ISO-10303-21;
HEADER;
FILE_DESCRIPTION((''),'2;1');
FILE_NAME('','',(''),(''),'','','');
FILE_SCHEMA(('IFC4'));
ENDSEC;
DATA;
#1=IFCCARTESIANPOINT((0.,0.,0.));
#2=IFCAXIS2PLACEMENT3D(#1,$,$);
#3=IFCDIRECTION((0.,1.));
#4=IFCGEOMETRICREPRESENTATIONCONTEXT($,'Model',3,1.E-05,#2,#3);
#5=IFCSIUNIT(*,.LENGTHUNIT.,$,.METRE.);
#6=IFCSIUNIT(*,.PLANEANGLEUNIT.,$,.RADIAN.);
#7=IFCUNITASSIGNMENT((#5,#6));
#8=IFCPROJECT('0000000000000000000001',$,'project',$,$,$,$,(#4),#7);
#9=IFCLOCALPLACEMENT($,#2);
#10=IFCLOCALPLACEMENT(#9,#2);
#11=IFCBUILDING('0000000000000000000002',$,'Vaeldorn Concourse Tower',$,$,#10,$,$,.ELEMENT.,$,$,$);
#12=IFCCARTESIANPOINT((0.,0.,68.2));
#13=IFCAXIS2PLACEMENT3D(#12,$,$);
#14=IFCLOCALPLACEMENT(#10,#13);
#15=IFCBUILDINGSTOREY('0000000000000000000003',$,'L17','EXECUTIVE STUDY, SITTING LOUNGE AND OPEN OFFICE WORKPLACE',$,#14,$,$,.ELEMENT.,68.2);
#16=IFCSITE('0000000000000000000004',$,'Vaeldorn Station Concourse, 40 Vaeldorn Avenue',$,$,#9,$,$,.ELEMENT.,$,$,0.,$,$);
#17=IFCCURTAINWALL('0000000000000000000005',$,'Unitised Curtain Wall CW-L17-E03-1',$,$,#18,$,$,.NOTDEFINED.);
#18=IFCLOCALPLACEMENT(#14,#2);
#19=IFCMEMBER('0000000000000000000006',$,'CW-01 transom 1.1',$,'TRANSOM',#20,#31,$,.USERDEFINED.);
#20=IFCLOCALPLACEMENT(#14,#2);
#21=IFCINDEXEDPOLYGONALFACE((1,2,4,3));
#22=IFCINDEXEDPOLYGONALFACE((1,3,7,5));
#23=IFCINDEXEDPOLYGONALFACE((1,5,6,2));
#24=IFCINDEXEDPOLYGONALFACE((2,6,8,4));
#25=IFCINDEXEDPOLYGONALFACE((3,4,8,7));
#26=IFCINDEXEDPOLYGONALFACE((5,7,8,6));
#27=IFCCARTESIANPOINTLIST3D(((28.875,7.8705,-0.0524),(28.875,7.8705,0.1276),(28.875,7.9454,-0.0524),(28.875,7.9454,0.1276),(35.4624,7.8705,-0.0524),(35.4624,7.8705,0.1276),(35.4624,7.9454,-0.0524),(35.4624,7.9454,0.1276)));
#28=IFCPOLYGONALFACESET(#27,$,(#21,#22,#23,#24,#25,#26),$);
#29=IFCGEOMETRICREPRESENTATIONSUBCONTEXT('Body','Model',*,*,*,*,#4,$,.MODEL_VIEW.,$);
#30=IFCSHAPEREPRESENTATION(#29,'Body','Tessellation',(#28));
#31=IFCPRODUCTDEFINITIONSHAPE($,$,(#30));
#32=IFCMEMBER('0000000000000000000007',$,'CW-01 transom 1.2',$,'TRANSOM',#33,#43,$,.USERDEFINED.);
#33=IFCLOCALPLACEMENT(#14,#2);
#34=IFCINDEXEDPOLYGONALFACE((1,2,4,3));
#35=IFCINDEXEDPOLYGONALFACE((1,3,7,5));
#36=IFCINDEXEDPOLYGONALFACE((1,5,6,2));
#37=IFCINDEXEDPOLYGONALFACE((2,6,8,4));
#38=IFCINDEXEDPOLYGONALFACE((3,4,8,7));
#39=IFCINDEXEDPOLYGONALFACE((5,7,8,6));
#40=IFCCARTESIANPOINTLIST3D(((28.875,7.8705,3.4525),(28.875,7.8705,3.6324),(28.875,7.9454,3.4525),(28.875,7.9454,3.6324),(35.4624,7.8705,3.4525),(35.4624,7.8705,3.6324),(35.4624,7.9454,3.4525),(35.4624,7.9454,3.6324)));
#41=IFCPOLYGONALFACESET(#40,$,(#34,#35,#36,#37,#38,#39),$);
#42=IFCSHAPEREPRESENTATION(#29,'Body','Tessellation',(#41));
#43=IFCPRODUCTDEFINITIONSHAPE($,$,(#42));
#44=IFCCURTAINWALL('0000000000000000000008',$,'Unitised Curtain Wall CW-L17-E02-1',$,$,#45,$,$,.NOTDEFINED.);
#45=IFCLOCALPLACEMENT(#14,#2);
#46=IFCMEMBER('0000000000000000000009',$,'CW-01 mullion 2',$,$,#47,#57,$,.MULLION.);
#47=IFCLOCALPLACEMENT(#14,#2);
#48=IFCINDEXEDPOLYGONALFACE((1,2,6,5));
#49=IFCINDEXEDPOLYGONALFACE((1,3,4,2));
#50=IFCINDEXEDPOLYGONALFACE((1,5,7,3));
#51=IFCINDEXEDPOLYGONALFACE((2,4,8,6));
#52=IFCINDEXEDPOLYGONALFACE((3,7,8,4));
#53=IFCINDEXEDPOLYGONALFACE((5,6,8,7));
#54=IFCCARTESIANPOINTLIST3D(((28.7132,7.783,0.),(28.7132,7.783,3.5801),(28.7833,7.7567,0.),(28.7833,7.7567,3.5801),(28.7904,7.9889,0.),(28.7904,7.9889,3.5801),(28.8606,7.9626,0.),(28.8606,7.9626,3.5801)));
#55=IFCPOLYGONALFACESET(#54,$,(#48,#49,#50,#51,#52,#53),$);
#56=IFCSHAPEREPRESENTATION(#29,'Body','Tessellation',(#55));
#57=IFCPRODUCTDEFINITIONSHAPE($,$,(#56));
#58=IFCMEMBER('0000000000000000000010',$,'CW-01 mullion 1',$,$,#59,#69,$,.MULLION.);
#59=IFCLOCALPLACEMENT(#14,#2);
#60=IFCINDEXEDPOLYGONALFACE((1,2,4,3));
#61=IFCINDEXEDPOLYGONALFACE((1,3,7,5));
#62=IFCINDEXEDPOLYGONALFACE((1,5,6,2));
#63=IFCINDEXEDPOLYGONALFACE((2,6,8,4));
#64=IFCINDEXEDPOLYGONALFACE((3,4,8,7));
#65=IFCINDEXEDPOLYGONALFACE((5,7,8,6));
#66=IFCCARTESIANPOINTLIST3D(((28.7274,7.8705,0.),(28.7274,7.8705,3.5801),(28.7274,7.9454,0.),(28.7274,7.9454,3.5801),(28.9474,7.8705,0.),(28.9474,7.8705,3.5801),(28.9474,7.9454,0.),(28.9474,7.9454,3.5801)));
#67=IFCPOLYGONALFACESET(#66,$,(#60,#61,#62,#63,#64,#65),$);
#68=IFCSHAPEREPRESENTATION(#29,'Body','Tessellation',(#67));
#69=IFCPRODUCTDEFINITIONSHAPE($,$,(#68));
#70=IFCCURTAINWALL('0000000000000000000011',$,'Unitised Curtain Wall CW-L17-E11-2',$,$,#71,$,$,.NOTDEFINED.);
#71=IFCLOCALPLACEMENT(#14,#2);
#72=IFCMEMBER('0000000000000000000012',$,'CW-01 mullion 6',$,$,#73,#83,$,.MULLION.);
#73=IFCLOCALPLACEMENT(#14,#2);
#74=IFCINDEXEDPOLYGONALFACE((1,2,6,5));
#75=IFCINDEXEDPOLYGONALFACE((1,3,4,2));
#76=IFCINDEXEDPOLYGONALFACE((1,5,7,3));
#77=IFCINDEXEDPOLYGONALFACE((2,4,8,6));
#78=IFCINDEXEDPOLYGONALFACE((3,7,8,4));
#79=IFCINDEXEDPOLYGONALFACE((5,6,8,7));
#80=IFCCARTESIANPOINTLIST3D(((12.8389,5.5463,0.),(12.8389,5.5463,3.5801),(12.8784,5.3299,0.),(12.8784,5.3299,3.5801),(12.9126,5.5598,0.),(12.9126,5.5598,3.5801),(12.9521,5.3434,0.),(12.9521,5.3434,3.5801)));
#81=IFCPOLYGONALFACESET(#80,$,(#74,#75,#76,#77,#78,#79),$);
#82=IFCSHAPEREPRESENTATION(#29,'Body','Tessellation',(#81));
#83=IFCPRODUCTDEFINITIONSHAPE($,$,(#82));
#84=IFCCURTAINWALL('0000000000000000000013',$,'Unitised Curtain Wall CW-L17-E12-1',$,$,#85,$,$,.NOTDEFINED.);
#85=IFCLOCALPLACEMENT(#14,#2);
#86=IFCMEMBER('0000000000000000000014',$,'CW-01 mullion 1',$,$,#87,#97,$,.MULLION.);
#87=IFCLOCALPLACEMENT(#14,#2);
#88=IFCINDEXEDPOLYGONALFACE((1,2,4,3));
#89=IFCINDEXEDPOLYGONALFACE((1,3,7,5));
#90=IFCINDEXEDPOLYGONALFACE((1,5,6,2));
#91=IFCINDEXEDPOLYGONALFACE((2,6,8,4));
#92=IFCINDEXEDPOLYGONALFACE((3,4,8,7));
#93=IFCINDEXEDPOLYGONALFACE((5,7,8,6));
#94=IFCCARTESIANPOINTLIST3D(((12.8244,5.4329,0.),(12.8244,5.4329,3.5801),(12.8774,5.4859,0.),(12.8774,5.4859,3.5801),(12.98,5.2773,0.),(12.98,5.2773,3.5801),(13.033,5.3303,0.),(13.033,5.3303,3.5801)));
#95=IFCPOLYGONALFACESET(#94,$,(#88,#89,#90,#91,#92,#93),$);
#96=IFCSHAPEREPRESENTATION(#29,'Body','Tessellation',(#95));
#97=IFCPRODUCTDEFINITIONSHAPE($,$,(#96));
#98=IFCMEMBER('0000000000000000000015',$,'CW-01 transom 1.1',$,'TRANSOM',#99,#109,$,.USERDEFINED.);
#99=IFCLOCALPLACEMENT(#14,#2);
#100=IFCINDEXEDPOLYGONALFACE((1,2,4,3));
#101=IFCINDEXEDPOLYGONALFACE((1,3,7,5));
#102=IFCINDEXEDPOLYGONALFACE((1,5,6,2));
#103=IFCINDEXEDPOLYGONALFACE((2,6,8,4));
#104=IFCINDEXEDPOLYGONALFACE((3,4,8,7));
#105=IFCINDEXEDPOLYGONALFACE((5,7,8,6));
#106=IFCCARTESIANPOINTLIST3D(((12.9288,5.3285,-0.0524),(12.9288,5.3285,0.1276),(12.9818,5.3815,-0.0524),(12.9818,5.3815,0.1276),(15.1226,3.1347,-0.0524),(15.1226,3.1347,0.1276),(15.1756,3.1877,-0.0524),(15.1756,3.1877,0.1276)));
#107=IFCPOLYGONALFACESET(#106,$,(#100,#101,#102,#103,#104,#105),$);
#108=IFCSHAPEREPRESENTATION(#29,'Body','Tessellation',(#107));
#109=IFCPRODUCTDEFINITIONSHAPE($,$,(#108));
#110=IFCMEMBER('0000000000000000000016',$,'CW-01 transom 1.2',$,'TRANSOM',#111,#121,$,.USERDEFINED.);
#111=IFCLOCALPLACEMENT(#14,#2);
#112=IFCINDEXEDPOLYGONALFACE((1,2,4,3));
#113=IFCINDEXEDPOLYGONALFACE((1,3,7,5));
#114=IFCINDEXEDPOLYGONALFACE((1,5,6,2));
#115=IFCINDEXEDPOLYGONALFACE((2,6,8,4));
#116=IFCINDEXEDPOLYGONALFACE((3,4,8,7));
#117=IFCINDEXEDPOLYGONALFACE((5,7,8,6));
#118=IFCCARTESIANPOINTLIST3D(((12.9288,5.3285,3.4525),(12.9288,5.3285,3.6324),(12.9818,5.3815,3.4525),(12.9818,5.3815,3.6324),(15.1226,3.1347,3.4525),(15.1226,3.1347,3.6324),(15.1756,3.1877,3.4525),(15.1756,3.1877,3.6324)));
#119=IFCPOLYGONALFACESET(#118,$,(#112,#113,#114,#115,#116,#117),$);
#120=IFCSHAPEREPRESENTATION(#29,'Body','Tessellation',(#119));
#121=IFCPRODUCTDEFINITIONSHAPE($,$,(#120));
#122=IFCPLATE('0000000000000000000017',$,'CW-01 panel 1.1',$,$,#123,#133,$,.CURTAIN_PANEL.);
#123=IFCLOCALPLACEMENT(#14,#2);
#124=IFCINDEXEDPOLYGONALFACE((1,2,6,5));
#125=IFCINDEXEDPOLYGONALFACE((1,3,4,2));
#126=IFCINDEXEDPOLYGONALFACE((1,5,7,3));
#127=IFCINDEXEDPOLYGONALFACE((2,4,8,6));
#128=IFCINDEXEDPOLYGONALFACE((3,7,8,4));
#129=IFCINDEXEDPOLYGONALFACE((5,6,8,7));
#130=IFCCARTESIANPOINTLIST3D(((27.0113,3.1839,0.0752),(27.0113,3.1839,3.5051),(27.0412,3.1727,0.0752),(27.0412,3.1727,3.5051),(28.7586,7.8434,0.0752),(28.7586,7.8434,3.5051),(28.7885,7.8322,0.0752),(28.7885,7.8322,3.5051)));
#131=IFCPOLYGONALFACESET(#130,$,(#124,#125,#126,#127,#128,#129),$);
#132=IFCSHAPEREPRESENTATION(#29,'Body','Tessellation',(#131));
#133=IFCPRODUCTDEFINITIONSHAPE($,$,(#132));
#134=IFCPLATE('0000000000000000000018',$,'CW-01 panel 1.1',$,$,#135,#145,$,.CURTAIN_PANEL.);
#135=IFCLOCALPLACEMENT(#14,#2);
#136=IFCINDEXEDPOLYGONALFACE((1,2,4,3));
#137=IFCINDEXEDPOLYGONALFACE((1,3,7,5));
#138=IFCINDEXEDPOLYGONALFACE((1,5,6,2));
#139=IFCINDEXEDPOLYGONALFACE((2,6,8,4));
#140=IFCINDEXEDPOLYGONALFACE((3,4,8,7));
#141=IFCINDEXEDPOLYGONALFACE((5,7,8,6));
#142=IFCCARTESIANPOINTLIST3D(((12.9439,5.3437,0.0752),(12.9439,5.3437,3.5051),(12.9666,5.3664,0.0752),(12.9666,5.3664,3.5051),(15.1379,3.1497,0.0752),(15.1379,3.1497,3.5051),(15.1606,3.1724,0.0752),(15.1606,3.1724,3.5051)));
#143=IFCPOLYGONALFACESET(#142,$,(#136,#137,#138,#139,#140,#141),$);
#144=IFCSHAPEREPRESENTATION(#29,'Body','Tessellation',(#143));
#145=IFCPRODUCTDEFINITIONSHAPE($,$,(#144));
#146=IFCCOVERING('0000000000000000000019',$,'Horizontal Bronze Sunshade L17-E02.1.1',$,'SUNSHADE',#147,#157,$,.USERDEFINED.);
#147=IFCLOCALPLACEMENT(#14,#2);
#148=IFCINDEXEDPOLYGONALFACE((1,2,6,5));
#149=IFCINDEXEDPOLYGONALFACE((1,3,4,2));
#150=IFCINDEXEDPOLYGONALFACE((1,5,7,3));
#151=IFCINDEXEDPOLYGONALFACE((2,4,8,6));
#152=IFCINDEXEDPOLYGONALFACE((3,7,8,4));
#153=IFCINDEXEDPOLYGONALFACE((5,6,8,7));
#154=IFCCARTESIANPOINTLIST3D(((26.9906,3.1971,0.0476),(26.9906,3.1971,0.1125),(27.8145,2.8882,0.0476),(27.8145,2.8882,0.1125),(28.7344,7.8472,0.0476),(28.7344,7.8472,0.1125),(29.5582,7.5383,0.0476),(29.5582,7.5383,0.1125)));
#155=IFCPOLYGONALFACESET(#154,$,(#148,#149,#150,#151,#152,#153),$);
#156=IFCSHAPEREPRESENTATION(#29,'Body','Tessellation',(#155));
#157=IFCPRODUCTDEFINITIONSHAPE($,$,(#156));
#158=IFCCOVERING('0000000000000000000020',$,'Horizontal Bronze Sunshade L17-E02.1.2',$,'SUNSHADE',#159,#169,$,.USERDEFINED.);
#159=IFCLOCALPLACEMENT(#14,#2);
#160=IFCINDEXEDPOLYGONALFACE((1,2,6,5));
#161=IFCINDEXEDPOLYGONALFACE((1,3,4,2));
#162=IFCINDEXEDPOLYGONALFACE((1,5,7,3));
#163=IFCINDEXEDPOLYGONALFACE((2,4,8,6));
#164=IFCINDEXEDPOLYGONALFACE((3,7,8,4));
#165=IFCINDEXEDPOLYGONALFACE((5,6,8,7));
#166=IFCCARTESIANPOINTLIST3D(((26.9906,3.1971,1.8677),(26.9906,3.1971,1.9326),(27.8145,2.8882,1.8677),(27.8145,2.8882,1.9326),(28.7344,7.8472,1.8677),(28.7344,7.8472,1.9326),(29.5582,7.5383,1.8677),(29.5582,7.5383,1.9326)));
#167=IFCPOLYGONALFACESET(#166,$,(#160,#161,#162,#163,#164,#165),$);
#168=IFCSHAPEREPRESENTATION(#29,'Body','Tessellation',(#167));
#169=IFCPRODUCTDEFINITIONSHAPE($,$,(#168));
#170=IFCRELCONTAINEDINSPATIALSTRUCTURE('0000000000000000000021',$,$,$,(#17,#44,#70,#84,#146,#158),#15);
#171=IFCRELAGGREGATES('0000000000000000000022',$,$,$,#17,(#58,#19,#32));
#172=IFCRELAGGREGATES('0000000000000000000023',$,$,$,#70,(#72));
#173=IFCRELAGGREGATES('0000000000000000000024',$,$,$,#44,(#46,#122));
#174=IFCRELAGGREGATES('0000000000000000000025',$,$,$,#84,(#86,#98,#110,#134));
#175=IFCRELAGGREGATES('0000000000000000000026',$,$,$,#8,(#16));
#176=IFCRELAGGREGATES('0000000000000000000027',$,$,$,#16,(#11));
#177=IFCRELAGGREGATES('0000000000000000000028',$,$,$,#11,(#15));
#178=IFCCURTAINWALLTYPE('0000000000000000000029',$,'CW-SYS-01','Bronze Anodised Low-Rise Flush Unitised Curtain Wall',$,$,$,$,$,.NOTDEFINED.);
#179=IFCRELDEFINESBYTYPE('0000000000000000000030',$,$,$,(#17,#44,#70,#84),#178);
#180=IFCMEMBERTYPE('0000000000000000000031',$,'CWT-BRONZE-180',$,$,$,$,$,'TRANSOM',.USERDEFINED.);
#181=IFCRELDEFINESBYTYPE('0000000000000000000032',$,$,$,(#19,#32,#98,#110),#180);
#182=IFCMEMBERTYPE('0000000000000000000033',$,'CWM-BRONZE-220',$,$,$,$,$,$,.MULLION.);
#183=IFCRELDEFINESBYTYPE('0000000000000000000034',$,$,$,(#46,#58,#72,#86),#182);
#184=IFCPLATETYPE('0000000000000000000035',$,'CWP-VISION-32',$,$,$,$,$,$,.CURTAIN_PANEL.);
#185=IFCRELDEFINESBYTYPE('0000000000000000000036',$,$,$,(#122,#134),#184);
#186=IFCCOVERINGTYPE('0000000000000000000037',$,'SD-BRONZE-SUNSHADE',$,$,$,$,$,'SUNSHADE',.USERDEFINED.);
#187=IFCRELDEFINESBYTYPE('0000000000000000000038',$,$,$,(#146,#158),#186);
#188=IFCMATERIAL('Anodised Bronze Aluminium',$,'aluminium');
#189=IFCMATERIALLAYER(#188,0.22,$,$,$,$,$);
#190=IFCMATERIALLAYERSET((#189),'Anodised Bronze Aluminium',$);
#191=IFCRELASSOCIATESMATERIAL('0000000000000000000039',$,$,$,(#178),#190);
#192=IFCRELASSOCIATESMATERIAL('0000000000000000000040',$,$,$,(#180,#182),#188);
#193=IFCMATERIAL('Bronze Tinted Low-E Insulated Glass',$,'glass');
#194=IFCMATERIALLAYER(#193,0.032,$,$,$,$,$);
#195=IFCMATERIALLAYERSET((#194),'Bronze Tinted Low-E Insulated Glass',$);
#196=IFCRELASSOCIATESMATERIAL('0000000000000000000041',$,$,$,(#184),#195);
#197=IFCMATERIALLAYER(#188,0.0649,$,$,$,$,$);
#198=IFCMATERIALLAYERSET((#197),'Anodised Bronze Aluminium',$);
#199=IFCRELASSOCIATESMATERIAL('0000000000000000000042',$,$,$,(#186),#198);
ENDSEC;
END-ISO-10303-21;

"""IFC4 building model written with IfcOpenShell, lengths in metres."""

from ifc_helpers import new_model, si_unit, direction, frame, origin, origin_2d, place, context, subcontext, project, spatial, rectangle, extrude, source, transform, mapped, material, layer, layer_set, material_profile, profile_set, type_object, element, aggregate, save


model = new_model("IFC4")

# Units and contexts
model_context = context("Model", 3, precision=1e-05, world=origin(), true_north=direction((0.0, 1.0)))
body_context = subcontext(model_context, "Body", "Model", "MODEL_VIEW")
ifc_project = project(units=[si_unit("LENGTHUNIT", "METRE"), si_unit("PLANEANGLEUNIT", "RADIAN")], contexts=[model_context])

# Site, building, storey
site_placement = place(None, origin())
site = spatial("IfcSite", under=ifc_project, at=site_placement, Name="Vaeldorn Station Concourse, 40 Vaeldorn Avenue", CompositionType="ELEMENT", RefElevation=0.0)
building_placement = place(site_placement, origin())
building = spatial("IfcBuilding", under=site, at=building_placement, Name="Vaeldorn Concourse Tower", CompositionType="ELEMENT")
storey_placement = place(building_placement, frame((0.0, 0.0, 68.2)))
storey = spatial("IfcBuildingStorey", under=building, at=storey_placement, Name="L17", Description="EXECUTIVE STUDY, SITTING LOUNGE AND OPEN OFFICE WORKPLACE", CompositionType="ELEMENT", Elevation=68.2)

# Curtain wall, members
ifc_material_1 = material(Name="Anodised Bronze Aluminium", Category="aluminium")
ifc_layer_1 = layer(ifc_material_1, 0.22)
ifc_layer_set_1 = layer_set([ifc_layer_1], Name="Anodised Bronze Aluminium")
curtain_wall_type = type_object("IfcCurtainWallType", Name="CW-SYS-01", Description="Bronze Anodised Low-Rise Flush Unitised Curtain Wall", PredefinedType="NOTDEFINED", material=ifc_layer_set_1)
curtain_wall_1_placement = place(storey_placement, origin())
curtain_wall_1 = element("IfcCurtainWall", 1, at=curtain_wall_1_placement, inside=storey, type_object=curtain_wall_type, Name="Unitised Curtain Wall CW-L17-E03-1", PredefinedType="NOTDEFINED")
ifc_material_profile_1 = material_profile(ifc_material_1, rectangle(XDim=0.075, YDim=0.1799, at=origin_2d()), Name="CWT 75x180")
ifc_profile_set_1 = profile_set([ifc_material_profile_1], Name="Anodised Bronze Aluminium")
member_type_1 = type_object("IfcMemberType", Name="CWT-BRONZE-180", ElementType="TRANSOM", PredefinedType="USERDEFINED", material=ifc_profile_set_1)
shared_shape_1 = source(origin(), body_context, "Body", "SweptSolid", [
    extrude(rectangle(XDim=0.075, YDim=0.1799, at=origin_2d()), origin(), (0.0, 0.0, 1.0), 6.5874),
])
member_1_placement = place(storey_placement, frame((28.875, 7.908, 0.0376), z_axis=(1.0, 0.0, 0.0), x_axis=(0.0, 1.0, 0.0)))
member_1 = element("IfcMember", 2, at=member_1_placement, type_object=member_type_1, Name="CW-01 transom 1.1", ObjectType="TRANSOM", PredefinedType="USERDEFINED", context=body_context, shape_type="MappedRepresentation", body=[
    mapped(shared_shape_1, transform((0.0, 0.0, 0.0), scale=1.0)),
])
member_2_placement = place(storey_placement, frame((28.875, 7.908, 3.5425), z_axis=(1.0, 0.0, 0.0), x_axis=(0.0, 1.0, 0.0)))
member_2 = element("IfcMember", 3, at=member_2_placement, type_object=member_type_1, Name="CW-01 transom 1.2", ObjectType="TRANSOM", PredefinedType="USERDEFINED", context=body_context, shape_type="MappedRepresentation", body=[
    mapped(shared_shape_1, transform((0.0, 0.0, 0.0), scale=1.0)),
])

# Curtain wall, member
curtain_wall_2_placement = place(storey_placement, origin())
curtain_wall_2 = element("IfcCurtainWall", 4, at=curtain_wall_2_placement, inside=storey, type_object=curtain_wall_type, Name="Unitised Curtain Wall CW-L17-E02-1", PredefinedType="NOTDEFINED")
ifc_material_profile_2 = material_profile(ifc_material_1, rectangle(XDim=0.075, YDim=0.22, at=origin_2d()), Name="CWM 75x220")
ifc_profile_set_2 = profile_set([ifc_material_profile_2], Name="Anodised Bronze Aluminium")
member_type_2 = type_object("IfcMemberType", Name="CWM-BRONZE-220", PredefinedType="MULLION", material=ifc_profile_set_2)
shared_shape_2 = source(origin(), body_context, "Body", "SweptSolid", [
    extrude(rectangle(XDim=0.075, YDim=0.22, at=origin_2d()), origin(), (0.0, 0.0, 1.0), 3.5801),
])
member_3_placement = place(storey_placement, frame((28.7869, 7.8728, 0.0), z_axis=(0.0, 0.0, 1.0), x_axis=(-0.936329, 0.351123, 0.0)))
member_3 = element("IfcMember", 5, at=member_3_placement, type_object=member_type_2, Name="CW-01 mullion 2", PredefinedType="MULLION", context=body_context, shape_type="MappedRepresentation", body=[
    mapped(shared_shape_2, transform((0.0, 0.0, 0.0), scale=1.0)),
])

# Member
member_4_placement = place(storey_placement, frame((28.8374, 7.908, 0.0), z_axis=(0.0, 0.0, 1.0), x_axis=(0.0, 1.0, 0.0)))
member_4 = element("IfcMember", 6, at=member_4_placement, type_object=member_type_2, Name="CW-01 mullion 1", PredefinedType="MULLION", context=body_context, shape_type="MappedRepresentation", body=[
    mapped(shared_shape_2, transform((0.0, 0.0, 0.0), scale=1.0)),
])
aggregate(curtain_wall_1, [member_4, member_1, member_2])

# Curtain wall, member
curtain_wall_3_placement = place(storey_placement, origin())
curtain_wall_3 = element("IfcCurtainWall", 7, at=curtain_wall_3_placement, inside=storey, type_object=curtain_wall_type, Name="Unitised Curtain Wall CW-L17-E11-2", PredefinedType="NOTDEFINED")
member_5_placement = place(storey_placement, frame((12.8955, 5.4448, 0.0), z_axis=(0.0, 0.0, 1.0), x_axis=(0.983746, 0.179565, 0.0)))
member_5 = element("IfcMember", 8, at=member_5_placement, type_object=member_type_2, Name="CW-01 mullion 6", PredefinedType="MULLION", context=body_context, shape_type="MappedRepresentation", body=[
    mapped(shared_shape_2, transform((0.0, 0.0, 0.0), scale=1.0)),
])
aggregate(curtain_wall_3, [member_5])

# Curtain wall, members
curtain_wall_4_placement = place(storey_placement, origin())
curtain_wall_4 = element("IfcCurtainWall", 9, at=curtain_wall_4_placement, inside=storey, type_object=curtain_wall_type, Name="Unitised Curtain Wall CW-L17-E12-1", PredefinedType="NOTDEFINED")
member_6_placement = place(storey_placement, frame((12.9287, 5.3816, 0.0), z_axis=(0.0, 0.0, 1.0), x_axis=(0.707107, 0.707107, 0.0)))
member_6 = element("IfcMember", 10, at=member_6_placement, type_object=member_type_2, Name="CW-01 mullion 1", PredefinedType="MULLION", context=body_context, shape_type="MappedRepresentation", body=[
    mapped(shared_shape_2, transform((0.0, 0.0, 0.0), scale=1.0)),
])
shared_shape_3 = source(origin(), body_context, "Body", "SweptSolid", [
    extrude(rectangle(XDim=0.075, YDim=0.1799, at=origin_2d()), origin(), (0.0, 0.0, 1.0), 3.1025),
])
member_7_placement = place(storey_placement, frame((12.9553, 5.355, 0.0376), z_axis=(0.707107, -0.707107, 0.0), x_axis=(0.707107, 0.707107, 0.0)))
member_7 = element("IfcMember", 11, at=member_7_placement, type_object=member_type_1, Name="CW-01 transom 1.1", ObjectType="TRANSOM", PredefinedType="USERDEFINED", context=body_context, shape_type="MappedRepresentation", body=[
    mapped(shared_shape_3, transform((0.0, 0.0, 0.0), scale=1.0)),
])
member_8_placement = place(storey_placement, frame((12.9553, 5.355, 3.5425), z_axis=(0.707107, -0.707107, 0.0), x_axis=(0.707107, 0.707107, 0.0)))
member_8 = element("IfcMember", 12, at=member_8_placement, type_object=member_type_1, Name="CW-01 transom 1.2", ObjectType="TRANSOM", PredefinedType="USERDEFINED", context=body_context, shape_type="MappedRepresentation", body=[
    mapped(shared_shape_3, transform((0.0, 0.0, 0.0), scale=1.0)),
])

# Plates
ifc_material_2 = material(Name="Bronze Tinted Low-E Insulated Glass", Category="glass")
ifc_layer_2 = layer(ifc_material_2, 0.032)
ifc_layer_set_2 = layer_set([ifc_layer_2], Name="Bronze Tinted Low-E Insulated Glass")
plate_type = type_object("IfcPlateType", Name="CWP-VISION-32", PredefinedType="CURTAIN_PANEL", material=ifc_layer_set_2)
shared_shape_4 = source(origin(), body_context, "Body", "SweptSolid", [
    extrude(rectangle(XDim=4.9763, YDim=0.032, at=origin_2d()), origin(), (0.0, 0.0, 1.0), 3.4299),
])
plate_1_placement = place(storey_placement, frame((27.8999, 5.5081, 0.0752), z_axis=(0.0, 0.0, 1.0), x_axis=(0.351123, 0.936329, 0.0)))
plate_1 = element("IfcPlate", 13, at=plate_1_placement, type_object=plate_type, Name="CW-01 panel 1.1", PredefinedType="CURTAIN_PANEL", context=body_context, shape_type="MappedRepresentation", body=[
    mapped(shared_shape_4, transform((0.0, 0.0, 0.0), scale=1.0)),
])
aggregate(curtain_wall_2, [member_3, plate_1])
shared_shape_5 = source(origin(), body_context, "Body", "SweptSolid", [
    extrude(rectangle(XDim=3.1028, YDim=0.032, at=origin_2d()), origin(), (0.0, 0.0, 1.0), 3.4299),
])
plate_2_placement = place(storey_placement, frame((14.0522, 4.2581, 0.0752), z_axis=(0.0, 0.0, 1.0), x_axis=(0.707107, -0.707107, 0.0)))
plate_2 = element("IfcPlate", 14, at=plate_2_placement, type_object=plate_type, Name="CW-01 panel 1.1", PredefinedType="CURTAIN_PANEL", context=body_context, shape_type="MappedRepresentation", body=[
    mapped(shared_shape_5, transform((0.0, 0.0, 0.0), scale=1.0)),
])
aggregate(curtain_wall_4, [member_6, member_7, member_8, plate_2])

# Coverings
ifc_layer_3 = layer(ifc_material_1, 0.0649)
ifc_layer_set_3 = layer_set([ifc_layer_3], Name="Anodised Bronze Aluminium")
covering_type = type_object("IfcCoveringType", Name="SD-BRONZE-SUNSHADE", ElementType="SUNSHADE", PredefinedType="USERDEFINED", material=ifc_layer_set_3)
shared_shape_6 = source(origin(), body_context, "Body", "SweptSolid", [
    extrude(rectangle(XDim=4.9663, YDim=0.8799, at=origin_2d()), origin(), (0.0, 0.0, 1.0), 0.0649),
])
for number, where, z_axis, x_axis, name in (
    (15, (28.2744, 5.3677, 0.0476), (0.0, 0.0, 1.0), (0.351123, 0.936329, 0.0), "Horizontal Bronze Sunshade L17-E02.1.1"),
    (16, (28.2744, 5.3677, 1.8677), (0.0, 0.0, 1.0), (0.351123, 0.936329, 0.0), "Horizontal Bronze Sunshade L17-E02.1.2"),
):
    element("IfcCovering", number, at=place(storey_placement, frame(where, z_axis=z_axis, x_axis=x_axis)), inside=storey, type_object=covering_type, Name=name, ObjectType="SUNSHADE", PredefinedType="USERDEFINED", context=body_context, shape_type="MappedRepresentation", body=[
        mapped(shared_shape_6, transform((0.0, 0.0, 0.0), scale=1.0)),
    ])

save(model, "model.ifc")
